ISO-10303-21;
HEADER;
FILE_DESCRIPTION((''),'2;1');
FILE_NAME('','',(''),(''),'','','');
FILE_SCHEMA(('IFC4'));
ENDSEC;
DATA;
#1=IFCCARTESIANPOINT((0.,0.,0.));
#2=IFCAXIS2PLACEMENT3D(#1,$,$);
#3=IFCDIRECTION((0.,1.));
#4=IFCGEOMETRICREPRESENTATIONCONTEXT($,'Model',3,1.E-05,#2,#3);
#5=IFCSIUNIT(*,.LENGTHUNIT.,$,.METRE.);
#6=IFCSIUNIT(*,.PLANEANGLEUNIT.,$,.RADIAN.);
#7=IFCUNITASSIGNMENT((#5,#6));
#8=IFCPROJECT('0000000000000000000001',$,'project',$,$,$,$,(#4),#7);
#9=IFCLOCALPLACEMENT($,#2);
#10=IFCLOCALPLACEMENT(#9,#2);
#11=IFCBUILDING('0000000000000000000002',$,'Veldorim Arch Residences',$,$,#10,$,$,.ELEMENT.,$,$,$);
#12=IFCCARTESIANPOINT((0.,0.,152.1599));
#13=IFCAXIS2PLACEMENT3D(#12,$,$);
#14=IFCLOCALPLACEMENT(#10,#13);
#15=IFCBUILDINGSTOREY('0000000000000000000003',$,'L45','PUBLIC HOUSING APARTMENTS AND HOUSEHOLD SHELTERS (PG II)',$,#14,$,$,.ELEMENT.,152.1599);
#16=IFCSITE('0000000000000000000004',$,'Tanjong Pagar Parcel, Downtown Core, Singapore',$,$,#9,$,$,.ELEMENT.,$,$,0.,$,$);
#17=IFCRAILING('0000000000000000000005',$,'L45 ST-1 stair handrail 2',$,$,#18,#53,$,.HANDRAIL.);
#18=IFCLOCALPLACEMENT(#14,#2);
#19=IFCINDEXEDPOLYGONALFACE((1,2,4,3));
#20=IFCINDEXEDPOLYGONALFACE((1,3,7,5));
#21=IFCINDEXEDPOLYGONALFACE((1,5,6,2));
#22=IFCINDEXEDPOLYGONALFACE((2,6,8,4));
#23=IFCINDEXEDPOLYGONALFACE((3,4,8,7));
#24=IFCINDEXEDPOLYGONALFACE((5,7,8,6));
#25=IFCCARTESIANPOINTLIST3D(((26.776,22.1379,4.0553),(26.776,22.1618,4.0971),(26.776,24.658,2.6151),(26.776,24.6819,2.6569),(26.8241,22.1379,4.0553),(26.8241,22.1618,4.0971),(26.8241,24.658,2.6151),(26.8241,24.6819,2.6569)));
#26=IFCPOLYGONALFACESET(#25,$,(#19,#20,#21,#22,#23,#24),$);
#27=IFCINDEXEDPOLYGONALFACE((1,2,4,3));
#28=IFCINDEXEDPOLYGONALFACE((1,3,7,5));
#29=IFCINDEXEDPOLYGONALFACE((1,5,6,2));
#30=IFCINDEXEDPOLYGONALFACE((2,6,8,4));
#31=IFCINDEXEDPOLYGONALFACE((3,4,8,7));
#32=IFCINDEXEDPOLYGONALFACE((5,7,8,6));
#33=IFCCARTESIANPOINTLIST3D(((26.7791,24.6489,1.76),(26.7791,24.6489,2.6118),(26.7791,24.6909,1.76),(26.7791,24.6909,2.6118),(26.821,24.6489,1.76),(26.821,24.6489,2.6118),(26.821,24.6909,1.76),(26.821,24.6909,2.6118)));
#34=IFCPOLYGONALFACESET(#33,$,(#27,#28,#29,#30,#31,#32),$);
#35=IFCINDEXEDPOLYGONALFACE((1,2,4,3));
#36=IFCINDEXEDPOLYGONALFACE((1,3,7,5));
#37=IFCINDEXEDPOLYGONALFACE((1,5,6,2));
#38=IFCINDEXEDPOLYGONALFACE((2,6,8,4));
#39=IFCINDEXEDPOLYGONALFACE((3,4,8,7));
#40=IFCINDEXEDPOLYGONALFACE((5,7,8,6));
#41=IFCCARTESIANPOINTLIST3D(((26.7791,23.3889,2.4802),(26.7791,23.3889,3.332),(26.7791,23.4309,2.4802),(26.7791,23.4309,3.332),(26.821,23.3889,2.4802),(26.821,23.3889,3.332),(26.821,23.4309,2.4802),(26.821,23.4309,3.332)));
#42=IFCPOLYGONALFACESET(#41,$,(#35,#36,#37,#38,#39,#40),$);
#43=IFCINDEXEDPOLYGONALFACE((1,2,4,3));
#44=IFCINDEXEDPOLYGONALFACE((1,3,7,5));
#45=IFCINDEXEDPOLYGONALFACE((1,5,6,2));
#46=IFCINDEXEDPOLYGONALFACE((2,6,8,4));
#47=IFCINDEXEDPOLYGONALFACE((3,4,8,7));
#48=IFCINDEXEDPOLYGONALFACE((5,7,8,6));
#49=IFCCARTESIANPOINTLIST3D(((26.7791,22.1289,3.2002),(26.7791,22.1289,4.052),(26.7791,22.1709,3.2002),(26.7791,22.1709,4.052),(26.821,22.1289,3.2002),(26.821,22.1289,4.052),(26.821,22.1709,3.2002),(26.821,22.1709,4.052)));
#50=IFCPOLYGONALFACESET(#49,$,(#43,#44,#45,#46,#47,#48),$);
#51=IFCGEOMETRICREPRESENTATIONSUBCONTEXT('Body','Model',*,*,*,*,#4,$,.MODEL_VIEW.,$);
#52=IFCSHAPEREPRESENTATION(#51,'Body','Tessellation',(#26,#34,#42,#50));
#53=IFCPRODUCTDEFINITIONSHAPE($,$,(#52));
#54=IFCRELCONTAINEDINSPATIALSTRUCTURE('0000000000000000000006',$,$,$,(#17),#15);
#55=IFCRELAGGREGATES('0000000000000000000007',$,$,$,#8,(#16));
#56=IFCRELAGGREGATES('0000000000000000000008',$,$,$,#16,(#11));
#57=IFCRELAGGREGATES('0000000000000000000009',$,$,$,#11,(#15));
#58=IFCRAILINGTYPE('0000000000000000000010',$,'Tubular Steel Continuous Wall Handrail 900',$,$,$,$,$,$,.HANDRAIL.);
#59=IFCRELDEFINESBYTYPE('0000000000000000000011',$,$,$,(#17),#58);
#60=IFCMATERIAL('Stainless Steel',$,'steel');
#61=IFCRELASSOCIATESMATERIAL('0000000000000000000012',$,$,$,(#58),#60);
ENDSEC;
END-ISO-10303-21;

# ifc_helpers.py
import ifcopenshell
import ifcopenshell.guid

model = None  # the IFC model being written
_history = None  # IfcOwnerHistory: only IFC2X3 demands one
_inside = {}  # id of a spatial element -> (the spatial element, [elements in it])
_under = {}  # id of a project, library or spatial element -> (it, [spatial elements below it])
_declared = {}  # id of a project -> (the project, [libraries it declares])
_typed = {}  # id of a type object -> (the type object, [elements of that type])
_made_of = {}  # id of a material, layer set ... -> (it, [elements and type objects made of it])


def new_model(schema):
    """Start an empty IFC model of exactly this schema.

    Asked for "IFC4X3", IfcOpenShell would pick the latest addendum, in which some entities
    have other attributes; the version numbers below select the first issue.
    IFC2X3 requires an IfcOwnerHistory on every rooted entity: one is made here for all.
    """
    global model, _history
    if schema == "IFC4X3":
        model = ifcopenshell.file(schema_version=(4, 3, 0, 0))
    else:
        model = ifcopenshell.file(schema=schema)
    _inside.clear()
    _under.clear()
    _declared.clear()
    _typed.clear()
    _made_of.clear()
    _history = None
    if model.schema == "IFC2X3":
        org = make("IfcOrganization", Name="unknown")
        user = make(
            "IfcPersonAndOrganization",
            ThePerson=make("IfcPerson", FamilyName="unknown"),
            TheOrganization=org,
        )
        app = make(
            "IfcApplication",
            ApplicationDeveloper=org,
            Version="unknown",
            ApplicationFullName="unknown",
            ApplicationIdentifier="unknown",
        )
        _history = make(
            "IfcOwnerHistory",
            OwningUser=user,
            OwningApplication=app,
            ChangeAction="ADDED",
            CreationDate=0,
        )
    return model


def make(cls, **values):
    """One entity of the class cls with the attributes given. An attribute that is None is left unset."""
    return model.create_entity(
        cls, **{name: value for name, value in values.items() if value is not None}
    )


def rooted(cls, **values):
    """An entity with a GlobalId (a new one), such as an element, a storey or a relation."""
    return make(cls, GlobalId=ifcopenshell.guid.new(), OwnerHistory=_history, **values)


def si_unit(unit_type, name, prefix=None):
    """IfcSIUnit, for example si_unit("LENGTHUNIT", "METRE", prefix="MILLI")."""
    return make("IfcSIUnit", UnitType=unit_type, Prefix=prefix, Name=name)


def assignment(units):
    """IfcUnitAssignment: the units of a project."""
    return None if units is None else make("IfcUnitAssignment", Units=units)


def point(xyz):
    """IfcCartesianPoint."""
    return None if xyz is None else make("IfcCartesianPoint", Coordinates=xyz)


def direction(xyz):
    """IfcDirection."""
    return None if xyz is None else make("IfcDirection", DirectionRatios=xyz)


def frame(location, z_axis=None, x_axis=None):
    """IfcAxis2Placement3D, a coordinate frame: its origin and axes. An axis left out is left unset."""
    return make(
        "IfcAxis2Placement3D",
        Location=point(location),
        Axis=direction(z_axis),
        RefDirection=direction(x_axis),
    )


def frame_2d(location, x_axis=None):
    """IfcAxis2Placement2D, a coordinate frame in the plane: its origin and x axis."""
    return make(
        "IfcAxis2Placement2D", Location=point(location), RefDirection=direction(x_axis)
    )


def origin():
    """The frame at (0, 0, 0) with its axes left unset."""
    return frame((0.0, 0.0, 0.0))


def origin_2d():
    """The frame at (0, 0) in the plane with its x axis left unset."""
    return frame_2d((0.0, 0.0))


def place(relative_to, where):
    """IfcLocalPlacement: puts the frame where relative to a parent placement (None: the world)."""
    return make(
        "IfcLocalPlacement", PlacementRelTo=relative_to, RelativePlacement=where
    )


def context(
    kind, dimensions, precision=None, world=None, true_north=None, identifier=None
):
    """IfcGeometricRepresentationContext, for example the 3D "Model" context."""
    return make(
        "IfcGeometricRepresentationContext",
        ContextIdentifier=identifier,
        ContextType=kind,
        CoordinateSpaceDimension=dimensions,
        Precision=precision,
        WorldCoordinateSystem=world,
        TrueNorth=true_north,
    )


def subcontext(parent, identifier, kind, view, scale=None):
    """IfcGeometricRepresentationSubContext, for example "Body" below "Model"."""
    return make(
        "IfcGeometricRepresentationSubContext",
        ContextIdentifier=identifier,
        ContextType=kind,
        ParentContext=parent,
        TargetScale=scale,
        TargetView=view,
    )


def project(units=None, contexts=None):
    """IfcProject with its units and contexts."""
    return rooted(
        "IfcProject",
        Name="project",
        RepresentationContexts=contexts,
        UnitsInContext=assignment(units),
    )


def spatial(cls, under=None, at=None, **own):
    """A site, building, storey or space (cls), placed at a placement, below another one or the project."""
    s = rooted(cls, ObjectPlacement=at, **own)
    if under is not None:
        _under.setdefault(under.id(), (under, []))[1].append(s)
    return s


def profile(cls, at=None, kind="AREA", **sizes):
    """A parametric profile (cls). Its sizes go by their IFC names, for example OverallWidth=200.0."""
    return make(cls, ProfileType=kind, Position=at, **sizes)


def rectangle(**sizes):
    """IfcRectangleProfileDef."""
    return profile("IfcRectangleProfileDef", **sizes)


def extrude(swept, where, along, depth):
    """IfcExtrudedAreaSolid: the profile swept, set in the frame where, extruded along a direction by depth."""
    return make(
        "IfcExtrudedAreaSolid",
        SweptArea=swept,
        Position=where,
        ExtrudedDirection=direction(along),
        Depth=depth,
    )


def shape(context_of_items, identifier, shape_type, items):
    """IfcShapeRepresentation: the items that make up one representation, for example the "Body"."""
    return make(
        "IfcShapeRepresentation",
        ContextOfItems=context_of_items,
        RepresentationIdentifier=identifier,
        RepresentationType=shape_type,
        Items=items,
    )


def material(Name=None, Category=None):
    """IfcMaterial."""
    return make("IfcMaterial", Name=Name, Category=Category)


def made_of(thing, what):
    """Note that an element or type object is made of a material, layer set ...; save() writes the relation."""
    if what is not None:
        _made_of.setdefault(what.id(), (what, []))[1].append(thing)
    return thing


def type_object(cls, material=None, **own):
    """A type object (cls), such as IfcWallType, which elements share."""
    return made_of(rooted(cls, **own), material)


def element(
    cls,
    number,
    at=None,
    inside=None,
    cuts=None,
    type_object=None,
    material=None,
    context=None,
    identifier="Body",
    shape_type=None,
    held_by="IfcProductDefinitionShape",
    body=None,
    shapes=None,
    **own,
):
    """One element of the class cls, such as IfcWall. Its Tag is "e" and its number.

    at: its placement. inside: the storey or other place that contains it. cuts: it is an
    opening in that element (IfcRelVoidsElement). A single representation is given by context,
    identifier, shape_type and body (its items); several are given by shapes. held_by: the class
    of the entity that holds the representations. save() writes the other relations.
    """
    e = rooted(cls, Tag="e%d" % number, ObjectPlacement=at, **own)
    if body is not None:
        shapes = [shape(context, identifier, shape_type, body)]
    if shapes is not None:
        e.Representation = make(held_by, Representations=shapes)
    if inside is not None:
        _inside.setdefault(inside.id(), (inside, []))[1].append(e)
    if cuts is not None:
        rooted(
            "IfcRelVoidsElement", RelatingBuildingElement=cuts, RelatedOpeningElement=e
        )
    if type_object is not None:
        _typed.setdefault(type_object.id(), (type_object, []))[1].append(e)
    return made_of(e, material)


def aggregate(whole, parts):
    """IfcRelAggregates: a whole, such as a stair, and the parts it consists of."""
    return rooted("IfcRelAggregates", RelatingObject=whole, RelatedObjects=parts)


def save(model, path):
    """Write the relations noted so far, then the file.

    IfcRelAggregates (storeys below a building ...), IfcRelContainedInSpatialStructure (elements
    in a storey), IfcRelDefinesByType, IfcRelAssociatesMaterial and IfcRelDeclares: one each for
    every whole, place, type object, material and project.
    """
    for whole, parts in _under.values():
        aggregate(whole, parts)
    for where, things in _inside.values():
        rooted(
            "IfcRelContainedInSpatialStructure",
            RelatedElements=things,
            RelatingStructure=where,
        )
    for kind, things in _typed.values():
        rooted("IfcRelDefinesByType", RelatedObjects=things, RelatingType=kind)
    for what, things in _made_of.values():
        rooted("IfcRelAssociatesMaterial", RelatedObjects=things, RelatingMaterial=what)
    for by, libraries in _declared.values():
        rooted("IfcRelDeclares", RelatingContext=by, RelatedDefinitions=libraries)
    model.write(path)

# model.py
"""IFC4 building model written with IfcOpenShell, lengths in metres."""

from ifc_helpers import new_model, si_unit, direction, frame, origin, origin_2d, place, context, subcontext, project, spatial, rectangle, extrude, material, type_object, element, save


model = new_model("IFC4")

# Units and contexts
model_context = context("Model", 3, precision=1e-05, world=origin(), true_north=direction((0.0, 1.0)))
body_context = subcontext(model_context, "Body", "Model", "MODEL_VIEW")
ifc_project = project(units=[si_unit("LENGTHUNIT", "METRE"), si_unit("PLANEANGLEUNIT", "RADIAN")], contexts=[model_context])

# Site, building, storey
site_placement = place(None, origin())
site = spatial("IfcSite", under=ifc_project, at=site_placement, Name="Tanjong Pagar Parcel, Downtown Core, Singapore", CompositionType="ELEMENT", RefElevation=0.0)
building_placement = place(site_placement, origin())
building = spatial("IfcBuilding", under=site, at=building_placement, Name="Veldorim Arch Residences", CompositionType="ELEMENT")
storey_placement = place(building_placement, frame((0.0, 0.0, 152.1599)))
storey = spatial("IfcBuildingStorey", under=building, at=storey_placement, Name="L45", Description="PUBLIC HOUSING APARTMENTS AND HOUSEHOLD SHELTERS (PG II)", CompositionType="ELEMENT", Elevation=152.1599)

# Railing
ifc_material_1 = material(Name="Stainless Steel", Category="steel")
railing_type_1 = type_object("IfcRailingType", Name="Tubular Steel Continuous Wall Handrail 900", PredefinedType="HANDRAIL", material=ifc_material_1)
railing_1_placement = place(storey_placement, frame((26.8, 24.6699, 1.76)))
element("IfcRailing", 1, at=railing_1_placement, inside=storey, type_object=railing_type_1, Name="L45 ST-1 stair handrail 2", PredefinedType="HANDRAIL", context=body_context, shape_type="SweptSolid", body=[
    extrude(rectangle(XDim=0.0481, YDim=0.0481, at=origin_2d()), frame((0.0, 0.0, 0.876), z_axis=(0.0, -0.868217, 0.496184), x_axis=(1.0, 0.0, 0.0)), (0.0, 0.0, 1.0), 2.9026),
    extrude(rectangle(XDim=0.042, YDim=0.042, at=origin_2d()), origin(), (0.0, 0.0, 1.0), 0.8518),
    extrude(rectangle(XDim=0.042, YDim=0.042, at=origin_2d()), frame((0.0, -1.26, 0.7202)), (0.0, 0.0, 1.0), 0.8518),
    extrude(rectangle(XDim=0.042, YDim=0.042, at=origin_2d()), frame((0.0, -2.52, 1.4402)), (0.0, 0.0, 1.0), 0.8518),
])

save(model, "model.ifc")
